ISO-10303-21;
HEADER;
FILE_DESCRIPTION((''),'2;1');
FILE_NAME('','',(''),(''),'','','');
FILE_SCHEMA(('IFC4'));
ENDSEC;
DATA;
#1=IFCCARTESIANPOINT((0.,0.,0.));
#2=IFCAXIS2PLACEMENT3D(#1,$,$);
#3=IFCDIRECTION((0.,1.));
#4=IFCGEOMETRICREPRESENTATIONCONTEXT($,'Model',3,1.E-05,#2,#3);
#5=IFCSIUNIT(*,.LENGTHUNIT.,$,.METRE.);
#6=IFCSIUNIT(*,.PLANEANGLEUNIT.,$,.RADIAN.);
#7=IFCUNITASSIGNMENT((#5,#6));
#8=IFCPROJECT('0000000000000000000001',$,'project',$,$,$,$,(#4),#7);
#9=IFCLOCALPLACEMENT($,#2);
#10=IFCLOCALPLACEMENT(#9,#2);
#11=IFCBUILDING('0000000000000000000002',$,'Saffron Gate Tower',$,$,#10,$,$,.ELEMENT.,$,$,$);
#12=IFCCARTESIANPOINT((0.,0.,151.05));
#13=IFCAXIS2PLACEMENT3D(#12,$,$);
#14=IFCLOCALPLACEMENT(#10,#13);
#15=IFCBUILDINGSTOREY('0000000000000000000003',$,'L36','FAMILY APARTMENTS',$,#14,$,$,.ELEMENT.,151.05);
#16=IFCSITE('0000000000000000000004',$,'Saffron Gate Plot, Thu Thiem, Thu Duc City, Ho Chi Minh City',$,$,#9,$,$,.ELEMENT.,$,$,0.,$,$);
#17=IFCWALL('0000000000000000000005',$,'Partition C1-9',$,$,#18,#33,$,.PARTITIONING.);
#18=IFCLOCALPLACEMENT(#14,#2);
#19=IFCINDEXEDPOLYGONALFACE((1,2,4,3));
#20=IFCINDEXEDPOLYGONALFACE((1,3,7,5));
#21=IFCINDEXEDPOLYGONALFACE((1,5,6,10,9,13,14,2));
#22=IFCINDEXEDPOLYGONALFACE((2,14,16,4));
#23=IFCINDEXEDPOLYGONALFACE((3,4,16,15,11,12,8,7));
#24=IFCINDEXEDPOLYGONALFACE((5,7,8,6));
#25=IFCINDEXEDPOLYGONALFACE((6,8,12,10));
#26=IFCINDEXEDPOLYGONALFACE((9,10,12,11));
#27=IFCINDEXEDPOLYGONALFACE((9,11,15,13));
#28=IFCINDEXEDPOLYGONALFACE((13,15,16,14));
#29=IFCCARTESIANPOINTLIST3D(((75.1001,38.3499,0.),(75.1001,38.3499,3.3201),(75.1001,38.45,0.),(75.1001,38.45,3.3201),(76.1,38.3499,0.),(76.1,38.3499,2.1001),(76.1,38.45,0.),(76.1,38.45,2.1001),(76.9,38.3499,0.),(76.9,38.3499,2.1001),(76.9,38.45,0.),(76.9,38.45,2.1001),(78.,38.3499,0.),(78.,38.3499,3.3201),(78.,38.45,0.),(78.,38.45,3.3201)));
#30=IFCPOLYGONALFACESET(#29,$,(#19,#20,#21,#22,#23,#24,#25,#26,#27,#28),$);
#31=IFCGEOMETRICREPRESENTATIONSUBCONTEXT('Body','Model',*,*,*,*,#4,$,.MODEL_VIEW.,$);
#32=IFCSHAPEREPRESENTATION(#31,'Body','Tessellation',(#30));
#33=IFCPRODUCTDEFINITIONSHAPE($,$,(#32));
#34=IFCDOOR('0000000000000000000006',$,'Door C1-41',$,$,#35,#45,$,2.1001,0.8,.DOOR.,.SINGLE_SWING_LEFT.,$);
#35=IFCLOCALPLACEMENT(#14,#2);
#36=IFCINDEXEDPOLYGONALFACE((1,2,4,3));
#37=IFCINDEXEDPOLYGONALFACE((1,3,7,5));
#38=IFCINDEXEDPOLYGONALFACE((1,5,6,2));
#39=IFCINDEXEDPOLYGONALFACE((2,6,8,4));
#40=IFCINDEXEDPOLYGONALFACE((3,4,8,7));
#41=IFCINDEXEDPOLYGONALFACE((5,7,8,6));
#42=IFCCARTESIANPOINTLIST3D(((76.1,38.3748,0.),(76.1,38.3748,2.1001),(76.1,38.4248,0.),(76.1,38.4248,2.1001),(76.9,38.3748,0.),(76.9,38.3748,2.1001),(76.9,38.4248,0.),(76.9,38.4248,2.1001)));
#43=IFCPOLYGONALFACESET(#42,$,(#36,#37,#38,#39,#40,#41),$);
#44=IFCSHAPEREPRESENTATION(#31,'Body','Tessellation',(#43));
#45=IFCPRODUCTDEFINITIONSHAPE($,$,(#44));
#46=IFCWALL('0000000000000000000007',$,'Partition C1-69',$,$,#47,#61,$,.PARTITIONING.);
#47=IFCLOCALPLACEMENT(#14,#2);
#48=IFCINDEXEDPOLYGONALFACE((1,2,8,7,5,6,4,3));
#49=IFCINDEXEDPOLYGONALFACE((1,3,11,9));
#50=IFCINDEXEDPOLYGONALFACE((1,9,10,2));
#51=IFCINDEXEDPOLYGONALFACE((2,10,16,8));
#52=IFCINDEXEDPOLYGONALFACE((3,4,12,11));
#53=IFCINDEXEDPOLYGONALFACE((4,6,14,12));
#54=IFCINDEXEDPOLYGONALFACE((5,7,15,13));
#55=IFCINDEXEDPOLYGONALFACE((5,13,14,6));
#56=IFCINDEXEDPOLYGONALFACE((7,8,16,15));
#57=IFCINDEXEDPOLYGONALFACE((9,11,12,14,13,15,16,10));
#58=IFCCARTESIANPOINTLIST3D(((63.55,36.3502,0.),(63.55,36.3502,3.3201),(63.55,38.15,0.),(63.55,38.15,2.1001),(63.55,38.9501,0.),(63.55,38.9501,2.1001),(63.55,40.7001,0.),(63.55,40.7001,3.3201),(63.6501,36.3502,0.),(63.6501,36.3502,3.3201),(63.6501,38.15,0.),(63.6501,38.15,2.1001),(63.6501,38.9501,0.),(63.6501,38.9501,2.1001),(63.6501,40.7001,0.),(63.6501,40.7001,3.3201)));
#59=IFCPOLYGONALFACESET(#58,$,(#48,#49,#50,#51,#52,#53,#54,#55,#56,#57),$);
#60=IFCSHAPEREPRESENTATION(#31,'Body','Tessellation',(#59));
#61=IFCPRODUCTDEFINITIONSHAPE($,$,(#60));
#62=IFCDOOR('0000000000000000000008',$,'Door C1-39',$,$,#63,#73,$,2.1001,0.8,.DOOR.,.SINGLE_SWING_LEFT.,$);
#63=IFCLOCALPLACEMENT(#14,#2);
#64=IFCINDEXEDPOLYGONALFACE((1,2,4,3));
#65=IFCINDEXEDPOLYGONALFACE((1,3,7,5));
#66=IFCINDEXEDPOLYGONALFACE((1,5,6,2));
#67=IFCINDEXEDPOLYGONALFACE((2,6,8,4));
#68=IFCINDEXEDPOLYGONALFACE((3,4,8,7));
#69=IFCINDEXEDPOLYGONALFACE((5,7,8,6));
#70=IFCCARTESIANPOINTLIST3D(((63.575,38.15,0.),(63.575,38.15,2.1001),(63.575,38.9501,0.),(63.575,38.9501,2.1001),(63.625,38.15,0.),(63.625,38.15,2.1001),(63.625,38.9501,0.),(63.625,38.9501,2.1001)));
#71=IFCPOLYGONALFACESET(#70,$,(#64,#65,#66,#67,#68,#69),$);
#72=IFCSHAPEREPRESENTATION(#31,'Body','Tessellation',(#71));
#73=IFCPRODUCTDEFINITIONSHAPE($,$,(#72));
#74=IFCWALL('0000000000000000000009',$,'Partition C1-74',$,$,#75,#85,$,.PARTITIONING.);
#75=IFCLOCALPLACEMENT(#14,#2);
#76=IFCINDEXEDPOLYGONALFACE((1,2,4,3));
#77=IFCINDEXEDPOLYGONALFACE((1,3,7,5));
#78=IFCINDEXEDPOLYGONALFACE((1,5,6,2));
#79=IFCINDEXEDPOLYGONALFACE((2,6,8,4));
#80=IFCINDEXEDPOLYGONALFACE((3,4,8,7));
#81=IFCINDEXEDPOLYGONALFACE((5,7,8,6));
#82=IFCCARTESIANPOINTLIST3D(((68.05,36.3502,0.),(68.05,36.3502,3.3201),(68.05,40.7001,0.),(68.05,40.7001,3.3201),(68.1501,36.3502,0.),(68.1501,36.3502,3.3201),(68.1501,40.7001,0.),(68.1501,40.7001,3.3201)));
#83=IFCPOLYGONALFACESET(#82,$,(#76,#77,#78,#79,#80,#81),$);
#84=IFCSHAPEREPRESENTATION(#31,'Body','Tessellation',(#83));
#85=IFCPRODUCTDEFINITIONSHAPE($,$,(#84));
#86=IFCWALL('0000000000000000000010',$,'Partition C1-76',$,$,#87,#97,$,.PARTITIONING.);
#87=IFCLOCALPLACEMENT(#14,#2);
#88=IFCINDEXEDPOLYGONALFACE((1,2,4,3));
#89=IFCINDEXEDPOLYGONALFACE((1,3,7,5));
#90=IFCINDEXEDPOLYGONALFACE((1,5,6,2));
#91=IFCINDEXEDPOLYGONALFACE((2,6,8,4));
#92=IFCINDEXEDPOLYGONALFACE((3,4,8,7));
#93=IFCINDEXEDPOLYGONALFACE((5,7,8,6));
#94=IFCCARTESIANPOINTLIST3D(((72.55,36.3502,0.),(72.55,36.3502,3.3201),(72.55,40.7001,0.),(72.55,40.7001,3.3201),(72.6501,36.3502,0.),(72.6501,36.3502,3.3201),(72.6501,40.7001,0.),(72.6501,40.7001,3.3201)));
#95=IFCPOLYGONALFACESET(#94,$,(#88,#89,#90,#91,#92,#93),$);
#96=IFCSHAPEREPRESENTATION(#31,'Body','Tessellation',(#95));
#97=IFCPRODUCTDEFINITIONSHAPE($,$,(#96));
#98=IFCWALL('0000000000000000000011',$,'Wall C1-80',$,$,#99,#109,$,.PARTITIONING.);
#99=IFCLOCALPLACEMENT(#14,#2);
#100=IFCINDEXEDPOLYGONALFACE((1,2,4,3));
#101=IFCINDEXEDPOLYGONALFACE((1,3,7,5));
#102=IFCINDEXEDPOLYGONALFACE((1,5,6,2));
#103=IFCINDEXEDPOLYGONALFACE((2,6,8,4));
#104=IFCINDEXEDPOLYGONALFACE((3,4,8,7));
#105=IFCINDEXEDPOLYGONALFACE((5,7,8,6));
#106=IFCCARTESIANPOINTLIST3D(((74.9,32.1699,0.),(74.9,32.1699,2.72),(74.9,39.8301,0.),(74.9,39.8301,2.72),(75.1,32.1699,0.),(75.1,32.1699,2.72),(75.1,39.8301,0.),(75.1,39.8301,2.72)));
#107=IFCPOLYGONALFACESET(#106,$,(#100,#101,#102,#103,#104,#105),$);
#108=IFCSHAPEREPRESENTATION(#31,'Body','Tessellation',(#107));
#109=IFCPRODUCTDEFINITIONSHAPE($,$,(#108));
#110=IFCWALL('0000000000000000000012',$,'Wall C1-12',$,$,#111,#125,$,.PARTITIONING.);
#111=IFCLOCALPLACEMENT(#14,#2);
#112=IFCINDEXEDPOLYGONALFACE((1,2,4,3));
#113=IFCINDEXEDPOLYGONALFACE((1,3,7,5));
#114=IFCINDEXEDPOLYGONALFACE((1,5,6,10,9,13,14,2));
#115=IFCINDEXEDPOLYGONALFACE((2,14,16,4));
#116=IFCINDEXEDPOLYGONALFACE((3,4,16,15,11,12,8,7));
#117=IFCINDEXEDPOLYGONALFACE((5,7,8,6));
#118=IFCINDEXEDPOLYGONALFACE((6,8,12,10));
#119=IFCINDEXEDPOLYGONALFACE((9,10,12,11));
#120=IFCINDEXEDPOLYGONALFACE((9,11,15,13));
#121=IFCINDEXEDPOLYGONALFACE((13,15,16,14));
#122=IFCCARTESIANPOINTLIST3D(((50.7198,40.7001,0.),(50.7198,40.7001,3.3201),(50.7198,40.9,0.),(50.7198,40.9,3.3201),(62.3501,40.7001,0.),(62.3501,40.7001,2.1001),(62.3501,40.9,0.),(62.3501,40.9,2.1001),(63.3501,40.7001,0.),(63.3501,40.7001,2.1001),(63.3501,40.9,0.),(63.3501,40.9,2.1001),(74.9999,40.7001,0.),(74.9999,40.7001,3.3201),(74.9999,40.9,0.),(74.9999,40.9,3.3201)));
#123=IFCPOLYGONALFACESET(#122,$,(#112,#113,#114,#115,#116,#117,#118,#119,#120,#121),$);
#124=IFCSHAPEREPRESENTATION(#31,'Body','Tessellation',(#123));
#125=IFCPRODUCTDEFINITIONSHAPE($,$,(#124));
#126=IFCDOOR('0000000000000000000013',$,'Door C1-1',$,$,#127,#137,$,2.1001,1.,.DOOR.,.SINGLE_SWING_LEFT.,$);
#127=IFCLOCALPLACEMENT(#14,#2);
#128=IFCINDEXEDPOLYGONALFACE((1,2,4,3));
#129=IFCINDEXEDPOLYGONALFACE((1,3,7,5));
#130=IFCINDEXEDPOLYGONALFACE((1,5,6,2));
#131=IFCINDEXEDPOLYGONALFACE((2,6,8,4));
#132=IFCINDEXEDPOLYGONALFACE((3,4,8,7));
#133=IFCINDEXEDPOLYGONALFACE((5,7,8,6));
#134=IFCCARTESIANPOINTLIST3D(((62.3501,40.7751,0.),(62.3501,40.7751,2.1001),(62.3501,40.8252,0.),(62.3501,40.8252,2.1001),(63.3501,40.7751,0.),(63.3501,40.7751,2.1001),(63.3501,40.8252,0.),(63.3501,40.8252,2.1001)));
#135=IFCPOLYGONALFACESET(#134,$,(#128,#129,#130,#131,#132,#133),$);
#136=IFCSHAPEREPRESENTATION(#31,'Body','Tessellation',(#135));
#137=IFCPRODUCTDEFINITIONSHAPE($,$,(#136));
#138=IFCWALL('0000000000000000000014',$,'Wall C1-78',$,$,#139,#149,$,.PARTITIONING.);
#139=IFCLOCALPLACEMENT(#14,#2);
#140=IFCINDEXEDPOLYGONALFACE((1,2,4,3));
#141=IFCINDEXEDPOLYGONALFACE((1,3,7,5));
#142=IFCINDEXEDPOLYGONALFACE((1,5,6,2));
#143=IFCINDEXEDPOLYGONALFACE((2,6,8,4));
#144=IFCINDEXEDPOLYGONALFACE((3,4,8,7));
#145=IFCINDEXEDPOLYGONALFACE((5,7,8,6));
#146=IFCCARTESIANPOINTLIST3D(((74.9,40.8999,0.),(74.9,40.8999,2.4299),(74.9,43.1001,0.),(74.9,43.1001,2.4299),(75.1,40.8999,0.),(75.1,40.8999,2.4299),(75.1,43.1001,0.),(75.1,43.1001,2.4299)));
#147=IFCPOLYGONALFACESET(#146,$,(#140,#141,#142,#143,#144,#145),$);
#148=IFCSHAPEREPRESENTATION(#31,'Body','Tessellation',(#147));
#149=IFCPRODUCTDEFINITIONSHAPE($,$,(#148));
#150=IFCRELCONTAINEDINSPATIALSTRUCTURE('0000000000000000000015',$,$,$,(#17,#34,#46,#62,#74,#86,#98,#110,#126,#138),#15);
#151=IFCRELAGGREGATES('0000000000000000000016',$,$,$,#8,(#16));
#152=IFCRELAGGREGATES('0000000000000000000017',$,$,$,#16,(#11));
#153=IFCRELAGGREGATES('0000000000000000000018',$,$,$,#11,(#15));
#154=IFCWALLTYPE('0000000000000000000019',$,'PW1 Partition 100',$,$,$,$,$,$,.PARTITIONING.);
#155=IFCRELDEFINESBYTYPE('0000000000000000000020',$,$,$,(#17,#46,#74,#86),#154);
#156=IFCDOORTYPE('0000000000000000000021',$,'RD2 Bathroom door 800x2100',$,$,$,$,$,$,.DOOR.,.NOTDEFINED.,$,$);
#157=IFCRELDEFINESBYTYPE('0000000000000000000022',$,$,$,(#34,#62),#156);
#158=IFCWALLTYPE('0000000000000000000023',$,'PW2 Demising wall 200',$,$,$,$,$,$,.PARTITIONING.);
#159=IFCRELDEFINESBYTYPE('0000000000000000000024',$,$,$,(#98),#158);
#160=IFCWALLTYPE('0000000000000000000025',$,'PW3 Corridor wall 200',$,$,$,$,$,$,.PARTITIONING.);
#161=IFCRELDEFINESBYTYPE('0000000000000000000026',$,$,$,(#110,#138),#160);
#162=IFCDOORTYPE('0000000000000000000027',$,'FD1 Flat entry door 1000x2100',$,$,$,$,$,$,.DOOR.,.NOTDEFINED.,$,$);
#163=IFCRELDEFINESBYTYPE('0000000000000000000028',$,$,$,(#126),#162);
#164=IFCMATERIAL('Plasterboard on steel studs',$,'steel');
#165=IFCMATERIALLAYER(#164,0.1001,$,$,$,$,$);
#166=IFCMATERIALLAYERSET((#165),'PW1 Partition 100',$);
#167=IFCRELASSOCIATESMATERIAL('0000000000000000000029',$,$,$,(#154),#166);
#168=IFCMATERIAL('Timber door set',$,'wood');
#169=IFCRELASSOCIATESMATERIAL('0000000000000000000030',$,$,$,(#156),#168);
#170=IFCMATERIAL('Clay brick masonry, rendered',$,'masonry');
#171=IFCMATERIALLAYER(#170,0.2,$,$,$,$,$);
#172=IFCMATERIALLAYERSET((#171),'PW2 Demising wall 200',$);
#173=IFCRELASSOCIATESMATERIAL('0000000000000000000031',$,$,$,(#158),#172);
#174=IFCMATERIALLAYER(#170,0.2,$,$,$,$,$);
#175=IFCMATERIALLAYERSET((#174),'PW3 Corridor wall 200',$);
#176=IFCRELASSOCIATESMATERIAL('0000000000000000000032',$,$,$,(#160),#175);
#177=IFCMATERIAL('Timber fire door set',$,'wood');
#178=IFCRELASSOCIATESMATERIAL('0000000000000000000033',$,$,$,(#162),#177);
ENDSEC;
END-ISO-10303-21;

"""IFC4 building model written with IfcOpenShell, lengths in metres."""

from ifc_helpers import new_model, si_unit, direction, frame, frame_2d, origin, place, context, subcontext, project, spatial, rectangle, extrude, material, layer, layer_set, type_object, element, fill, save


model = new_model("IFC4")

# Units and contexts
model_context = context("Model", 3, precision=1e-05, world=origin(), true_north=direction((0.0, 1.0)))
body_context = subcontext(model_context, "Body", "Model", "MODEL_VIEW")
ifc_project = project(units=[si_unit("LENGTHUNIT", "METRE"), si_unit("PLANEANGLEUNIT", "RADIAN")], contexts=[model_context])

# Site, building, storey
site_placement = place(None, origin())
site = spatial("IfcSite", under=ifc_project, at=site_placement, Name="Saffron Gate Plot, Thu Thiem, Thu Duc City, Ho Chi Minh City", CompositionType="ELEMENT", RefElevation=0.0)
building_placement = place(site_placement, origin())
building = spatial("IfcBuilding", under=site, at=building_placement, Name="Saffron Gate Tower", CompositionType="ELEMENT")
storey_placement = place(building_placement, frame((0.0, 0.0, 151.05)))
storey = spatial("IfcBuildingStorey", under=building, at=storey_placement, Name="L36", Description="FAMILY APARTMENTS", CompositionType="ELEMENT", Elevation=151.05)

# Shared definitions
ifc_material_1 = material(Name="Plasterboard on steel studs", Category="steel")
ifc_layer_1 = layer(ifc_material_1, 0.1001)
ifc_layer_set_1 = layer_set([ifc_layer_1], Name="PW1 Partition 100")
wall_type_1 = type_object("IfcWallType", Name="PW1 Partition 100", PredefinedType="PARTITIONING", material=ifc_layer_set_1)
ifc_material_2 = material(Name="Timber door set", Category="wood")
door_type_1 = type_object("IfcDoorType", Name="RD2 Bathroom door 800x2100", OperationType="NOTDEFINED", PredefinedType="DOOR", material=ifc_material_2)

# Walls, openings, doors
wall_1_placement = place(storey_placement, frame((75.1001, 38.3999, 0.0), z_axis=(0.0, 0.0, 1.0), x_axis=(1.0, 0.0, 0.0)))
wall_1 = element("IfcWall", 1, at=wall_1_placement, inside=storey, type_object=wall_type_1, Name="Partition C1-9", PredefinedType="PARTITIONING", context=body_context, shape_type="SweptSolid", body=[
    extrude(rectangle(XDim=2.8999, YDim=0.1001, at=frame_2d((1.45, 0.0))), origin(), (0.0, 0.0, 1.0), 3.3201),
])
opening_1_placement = place(wall_1_placement, frame((1.0, 0.0, 0.0)))
opening_1 = element("IfcOpeningElement", 2, at=opening_1_placement, cuts=wall_1, PredefinedType="OPENING", context=body_context, shape_type="SweptSolid", body=[
    extrude(rectangle(XDim=0.8, YDim=2.1001, at=frame_2d((0.3999, 1.05))), frame((0.0, 0.0601, 0.0), z_axis=(0.0, -1.0, 0.0), x_axis=(1.0, 0.0, 0.0)), (0.0, 0.0, 1.0), 0.1201),
])
door_1_placement = place(opening_1_placement, origin())
door_1 = element("IfcDoor", 3, at=door_1_placement, inside=storey, type_object=door_type_1, Name="Door C1-41", OperationType="SINGLE_SWING_LEFT", OverallHeight=2.1001, OverallWidth=0.8, PredefinedType="DOOR", context=body_context, shape_type="SweptSolid", body=[
    extrude(rectangle(XDim=0.8, YDim=2.1001, at=frame_2d((0.3999, 1.05))), frame((0.0, 0.0249, 0.0), z_axis=(0.0, -1.0, 0.0), x_axis=(1.0, 0.0, 0.0)), (0.0, 0.0, 1.0), 0.05),
])
fill(opening_1, door_1)
wall_2_placement = place(storey_placement, frame((63.6001, 40.7, 0.0), z_axis=(0.0, 0.0, 1.0), x_axis=(0.0, -1.0, 0.0)))
wall_2 = element("IfcWall", 4, at=wall_2_placement, inside=storey, type_object=wall_type_1, Name="Partition C1-69", PredefinedType="PARTITIONING", context=body_context, shape_type="SweptSolid", body=[
    extrude(rectangle(XDim=4.3499, YDim=0.1001, at=frame_2d((2.1748, 0.0))), origin(), (0.0, 0.0, 1.0), 3.3201),
])
opening_2_placement = place(wall_2_placement, frame((1.75, 0.0, 0.0)))
opening_2 = element("IfcOpeningElement", 5, at=opening_2_placement, cuts=wall_2, PredefinedType="OPENING", context=body_context, shape_type="SweptSolid", body=[
    extrude(rectangle(XDim=0.8, YDim=2.1001, at=frame_2d((0.3999, 1.05))), frame((0.0, 0.0601, 0.0), z_axis=(0.0, -1.0, 0.0), x_axis=(1.0, 0.0, 0.0)), (0.0, 0.0, 1.0), 0.1201),
])
door_2_placement = place(opening_2_placement, origin())
door_2 = element("IfcDoor", 6, at=door_2_placement, inside=storey, type_object=door_type_1, Name="Door C1-39", OperationType="SINGLE_SWING_LEFT", OverallHeight=2.1001, OverallWidth=0.8, PredefinedType="DOOR", context=body_context, shape_type="SweptSolid", body=[
    extrude(rectangle(XDim=0.8, YDim=2.1001, at=frame_2d((0.3999, 1.05))), frame((0.0, 0.0249, 0.0), z_axis=(0.0, -1.0, 0.0), x_axis=(1.0, 0.0, 0.0)), (0.0, 0.0, 1.0), 0.05),
])
fill(opening_2, door_2)

# Walls
for number, where, z_axis, x_axis, name in (
    (7, (68.1001, 40.7, 0.0), (0.0, 0.0, 1.0), (0.0, -1.0, 0.0), "Partition C1-74"),
    (8, (72.6001, 40.7, 0.0), (0.0, 0.0, 1.0), (0.0, -1.0, 0.0), "Partition C1-76"),
):
    element("IfcWall", number, at=place(storey_placement, frame(where, z_axis=z_axis, x_axis=x_axis)), inside=storey, type_object=wall_type_1, Name=name, PredefinedType="PARTITIONING", context=body_context, shape_type="SweptSolid", body=[
        extrude(rectangle(XDim=4.3499, YDim=0.1001, at=frame_2d((2.1748, 0.0))), origin(), (0.0, 0.0, 1.0), 3.3201),
    ])
ifc_material_3 = material(Name="Clay brick masonry, rendered", Category="masonry")
ifc_layer_2 = layer(ifc_material_3, 0.2)
ifc_layer_set_2 = layer_set([ifc_layer_2], Name="PW2 Demising wall 200")
wall_type_2 = type_object("IfcWallType", Name="PW2 Demising wall 200", PredefinedType="PARTITIONING", material=ifc_layer_set_2)
wall_3_placement = place(storey_placement, frame((75.0, 39.8301, 0.0), z_axis=(0.0, 0.0, 1.0), x_axis=(0.0, -1.0, 0.0)))
element("IfcWall", 9, at=wall_3_placement, inside=storey, type_object=wall_type_2, Name="Wall C1-80", PredefinedType="PARTITIONING", context=body_context, shape_type="SweptSolid", body=[
    extrude(rectangle(XDim=7.6602, YDim=0.2, at=frame_2d((3.8301, 0.0))), origin(), (0.0, 0.0, 1.0), 2.72),
])

# Wall, opening, door
ifc_layer_3 = layer(ifc_material_3, 0.2)
ifc_layer_set_3 = layer_set([ifc_layer_3], Name="PW3 Corridor wall 200")
wall_type_3 = type_object("IfcWallType", Name="PW3 Corridor wall 200", PredefinedType="PARTITIONING", material=ifc_layer_set_3)
wall_4_placement = place(storey_placement, frame((75.0, 40.8, 0.0), z_axis=(0.0, 0.0, 1.0), x_axis=(-1.0, 0.0, 0.0)))
wall_4 = element("IfcWall", 10, at=wall_4_placement, inside=storey, type_object=wall_type_3, Name="Wall C1-12", PredefinedType="PARTITIONING", context=body_context, shape_type="SweptSolid", body=[
    extrude(rectangle(XDim=24.28, YDim=0.2, at=frame_2d((12.1401, 0.0))), origin(), (0.0, 0.0, 1.0), 3.3201),
])
opening_3_placement = place(wall_4_placement, frame((11.6499, 0.0, 0.0)))
opening_3 = element("IfcOpeningElement", 11, at=opening_3_placement, cuts=wall_4, PredefinedType="OPENING", context=body_context, shape_type="SweptSolid", body=[
    extrude(rectangle(XDim=1.0, YDim=2.1001, at=frame_2d((0.5, 1.05))), frame((0.0, 0.1099, 0.0), z_axis=(0.0, -1.0, 0.0), x_axis=(1.0, 0.0, 0.0)), (0.0, 0.0, 1.0), 0.22),
])
ifc_material_4 = material(Name="Timber fire door set", Category="wood")
door_type_2 = type_object("IfcDoorType", Name="FD1 Flat entry door 1000x2100", OperationType="NOTDEFINED", PredefinedType="DOOR", material=ifc_material_4)
door_3_placement = place(opening_3_placement, origin())
door_3 = element("IfcDoor", 12, at=door_3_placement, inside=storey, type_object=door_type_2, Name="Door C1-1", OperationType="SINGLE_SWING_LEFT", OverallHeight=2.1001, OverallWidth=1.0, PredefinedType="DOOR", context=body_context, shape_type="SweptSolid", body=[
    extrude(rectangle(XDim=1.0, YDim=2.1001, at=frame_2d((0.5, 1.05))), frame((0.0, 0.0249, 0.0), z_axis=(0.0, -1.0, 0.0), x_axis=(1.0, 0.0, 0.0)), (0.0, 0.0, 1.0), 0.05),
])
fill(opening_3, door_3)

# Wall
wall_5_placement = place(storey_placement, frame((75.0, 43.1001, 0.0), z_axis=(0.0, 0.0, 1.0), x_axis=(0.0, -1.0, 0.0)))
element("IfcWall", 13, at=wall_5_placement, inside=storey, type_object=wall_type_3, Name="Wall C1-78", PredefinedType="PARTITIONING", context=body_context, shape_type="SweptSolid", body=[
    extrude(rectangle(XDim=2.2002, YDim=0.2, at=frame_2d((1.1001, 0.0))), origin(), (0.0, 0.0, 1.0), 2.4299),
])

save(model, "model.ifc")
